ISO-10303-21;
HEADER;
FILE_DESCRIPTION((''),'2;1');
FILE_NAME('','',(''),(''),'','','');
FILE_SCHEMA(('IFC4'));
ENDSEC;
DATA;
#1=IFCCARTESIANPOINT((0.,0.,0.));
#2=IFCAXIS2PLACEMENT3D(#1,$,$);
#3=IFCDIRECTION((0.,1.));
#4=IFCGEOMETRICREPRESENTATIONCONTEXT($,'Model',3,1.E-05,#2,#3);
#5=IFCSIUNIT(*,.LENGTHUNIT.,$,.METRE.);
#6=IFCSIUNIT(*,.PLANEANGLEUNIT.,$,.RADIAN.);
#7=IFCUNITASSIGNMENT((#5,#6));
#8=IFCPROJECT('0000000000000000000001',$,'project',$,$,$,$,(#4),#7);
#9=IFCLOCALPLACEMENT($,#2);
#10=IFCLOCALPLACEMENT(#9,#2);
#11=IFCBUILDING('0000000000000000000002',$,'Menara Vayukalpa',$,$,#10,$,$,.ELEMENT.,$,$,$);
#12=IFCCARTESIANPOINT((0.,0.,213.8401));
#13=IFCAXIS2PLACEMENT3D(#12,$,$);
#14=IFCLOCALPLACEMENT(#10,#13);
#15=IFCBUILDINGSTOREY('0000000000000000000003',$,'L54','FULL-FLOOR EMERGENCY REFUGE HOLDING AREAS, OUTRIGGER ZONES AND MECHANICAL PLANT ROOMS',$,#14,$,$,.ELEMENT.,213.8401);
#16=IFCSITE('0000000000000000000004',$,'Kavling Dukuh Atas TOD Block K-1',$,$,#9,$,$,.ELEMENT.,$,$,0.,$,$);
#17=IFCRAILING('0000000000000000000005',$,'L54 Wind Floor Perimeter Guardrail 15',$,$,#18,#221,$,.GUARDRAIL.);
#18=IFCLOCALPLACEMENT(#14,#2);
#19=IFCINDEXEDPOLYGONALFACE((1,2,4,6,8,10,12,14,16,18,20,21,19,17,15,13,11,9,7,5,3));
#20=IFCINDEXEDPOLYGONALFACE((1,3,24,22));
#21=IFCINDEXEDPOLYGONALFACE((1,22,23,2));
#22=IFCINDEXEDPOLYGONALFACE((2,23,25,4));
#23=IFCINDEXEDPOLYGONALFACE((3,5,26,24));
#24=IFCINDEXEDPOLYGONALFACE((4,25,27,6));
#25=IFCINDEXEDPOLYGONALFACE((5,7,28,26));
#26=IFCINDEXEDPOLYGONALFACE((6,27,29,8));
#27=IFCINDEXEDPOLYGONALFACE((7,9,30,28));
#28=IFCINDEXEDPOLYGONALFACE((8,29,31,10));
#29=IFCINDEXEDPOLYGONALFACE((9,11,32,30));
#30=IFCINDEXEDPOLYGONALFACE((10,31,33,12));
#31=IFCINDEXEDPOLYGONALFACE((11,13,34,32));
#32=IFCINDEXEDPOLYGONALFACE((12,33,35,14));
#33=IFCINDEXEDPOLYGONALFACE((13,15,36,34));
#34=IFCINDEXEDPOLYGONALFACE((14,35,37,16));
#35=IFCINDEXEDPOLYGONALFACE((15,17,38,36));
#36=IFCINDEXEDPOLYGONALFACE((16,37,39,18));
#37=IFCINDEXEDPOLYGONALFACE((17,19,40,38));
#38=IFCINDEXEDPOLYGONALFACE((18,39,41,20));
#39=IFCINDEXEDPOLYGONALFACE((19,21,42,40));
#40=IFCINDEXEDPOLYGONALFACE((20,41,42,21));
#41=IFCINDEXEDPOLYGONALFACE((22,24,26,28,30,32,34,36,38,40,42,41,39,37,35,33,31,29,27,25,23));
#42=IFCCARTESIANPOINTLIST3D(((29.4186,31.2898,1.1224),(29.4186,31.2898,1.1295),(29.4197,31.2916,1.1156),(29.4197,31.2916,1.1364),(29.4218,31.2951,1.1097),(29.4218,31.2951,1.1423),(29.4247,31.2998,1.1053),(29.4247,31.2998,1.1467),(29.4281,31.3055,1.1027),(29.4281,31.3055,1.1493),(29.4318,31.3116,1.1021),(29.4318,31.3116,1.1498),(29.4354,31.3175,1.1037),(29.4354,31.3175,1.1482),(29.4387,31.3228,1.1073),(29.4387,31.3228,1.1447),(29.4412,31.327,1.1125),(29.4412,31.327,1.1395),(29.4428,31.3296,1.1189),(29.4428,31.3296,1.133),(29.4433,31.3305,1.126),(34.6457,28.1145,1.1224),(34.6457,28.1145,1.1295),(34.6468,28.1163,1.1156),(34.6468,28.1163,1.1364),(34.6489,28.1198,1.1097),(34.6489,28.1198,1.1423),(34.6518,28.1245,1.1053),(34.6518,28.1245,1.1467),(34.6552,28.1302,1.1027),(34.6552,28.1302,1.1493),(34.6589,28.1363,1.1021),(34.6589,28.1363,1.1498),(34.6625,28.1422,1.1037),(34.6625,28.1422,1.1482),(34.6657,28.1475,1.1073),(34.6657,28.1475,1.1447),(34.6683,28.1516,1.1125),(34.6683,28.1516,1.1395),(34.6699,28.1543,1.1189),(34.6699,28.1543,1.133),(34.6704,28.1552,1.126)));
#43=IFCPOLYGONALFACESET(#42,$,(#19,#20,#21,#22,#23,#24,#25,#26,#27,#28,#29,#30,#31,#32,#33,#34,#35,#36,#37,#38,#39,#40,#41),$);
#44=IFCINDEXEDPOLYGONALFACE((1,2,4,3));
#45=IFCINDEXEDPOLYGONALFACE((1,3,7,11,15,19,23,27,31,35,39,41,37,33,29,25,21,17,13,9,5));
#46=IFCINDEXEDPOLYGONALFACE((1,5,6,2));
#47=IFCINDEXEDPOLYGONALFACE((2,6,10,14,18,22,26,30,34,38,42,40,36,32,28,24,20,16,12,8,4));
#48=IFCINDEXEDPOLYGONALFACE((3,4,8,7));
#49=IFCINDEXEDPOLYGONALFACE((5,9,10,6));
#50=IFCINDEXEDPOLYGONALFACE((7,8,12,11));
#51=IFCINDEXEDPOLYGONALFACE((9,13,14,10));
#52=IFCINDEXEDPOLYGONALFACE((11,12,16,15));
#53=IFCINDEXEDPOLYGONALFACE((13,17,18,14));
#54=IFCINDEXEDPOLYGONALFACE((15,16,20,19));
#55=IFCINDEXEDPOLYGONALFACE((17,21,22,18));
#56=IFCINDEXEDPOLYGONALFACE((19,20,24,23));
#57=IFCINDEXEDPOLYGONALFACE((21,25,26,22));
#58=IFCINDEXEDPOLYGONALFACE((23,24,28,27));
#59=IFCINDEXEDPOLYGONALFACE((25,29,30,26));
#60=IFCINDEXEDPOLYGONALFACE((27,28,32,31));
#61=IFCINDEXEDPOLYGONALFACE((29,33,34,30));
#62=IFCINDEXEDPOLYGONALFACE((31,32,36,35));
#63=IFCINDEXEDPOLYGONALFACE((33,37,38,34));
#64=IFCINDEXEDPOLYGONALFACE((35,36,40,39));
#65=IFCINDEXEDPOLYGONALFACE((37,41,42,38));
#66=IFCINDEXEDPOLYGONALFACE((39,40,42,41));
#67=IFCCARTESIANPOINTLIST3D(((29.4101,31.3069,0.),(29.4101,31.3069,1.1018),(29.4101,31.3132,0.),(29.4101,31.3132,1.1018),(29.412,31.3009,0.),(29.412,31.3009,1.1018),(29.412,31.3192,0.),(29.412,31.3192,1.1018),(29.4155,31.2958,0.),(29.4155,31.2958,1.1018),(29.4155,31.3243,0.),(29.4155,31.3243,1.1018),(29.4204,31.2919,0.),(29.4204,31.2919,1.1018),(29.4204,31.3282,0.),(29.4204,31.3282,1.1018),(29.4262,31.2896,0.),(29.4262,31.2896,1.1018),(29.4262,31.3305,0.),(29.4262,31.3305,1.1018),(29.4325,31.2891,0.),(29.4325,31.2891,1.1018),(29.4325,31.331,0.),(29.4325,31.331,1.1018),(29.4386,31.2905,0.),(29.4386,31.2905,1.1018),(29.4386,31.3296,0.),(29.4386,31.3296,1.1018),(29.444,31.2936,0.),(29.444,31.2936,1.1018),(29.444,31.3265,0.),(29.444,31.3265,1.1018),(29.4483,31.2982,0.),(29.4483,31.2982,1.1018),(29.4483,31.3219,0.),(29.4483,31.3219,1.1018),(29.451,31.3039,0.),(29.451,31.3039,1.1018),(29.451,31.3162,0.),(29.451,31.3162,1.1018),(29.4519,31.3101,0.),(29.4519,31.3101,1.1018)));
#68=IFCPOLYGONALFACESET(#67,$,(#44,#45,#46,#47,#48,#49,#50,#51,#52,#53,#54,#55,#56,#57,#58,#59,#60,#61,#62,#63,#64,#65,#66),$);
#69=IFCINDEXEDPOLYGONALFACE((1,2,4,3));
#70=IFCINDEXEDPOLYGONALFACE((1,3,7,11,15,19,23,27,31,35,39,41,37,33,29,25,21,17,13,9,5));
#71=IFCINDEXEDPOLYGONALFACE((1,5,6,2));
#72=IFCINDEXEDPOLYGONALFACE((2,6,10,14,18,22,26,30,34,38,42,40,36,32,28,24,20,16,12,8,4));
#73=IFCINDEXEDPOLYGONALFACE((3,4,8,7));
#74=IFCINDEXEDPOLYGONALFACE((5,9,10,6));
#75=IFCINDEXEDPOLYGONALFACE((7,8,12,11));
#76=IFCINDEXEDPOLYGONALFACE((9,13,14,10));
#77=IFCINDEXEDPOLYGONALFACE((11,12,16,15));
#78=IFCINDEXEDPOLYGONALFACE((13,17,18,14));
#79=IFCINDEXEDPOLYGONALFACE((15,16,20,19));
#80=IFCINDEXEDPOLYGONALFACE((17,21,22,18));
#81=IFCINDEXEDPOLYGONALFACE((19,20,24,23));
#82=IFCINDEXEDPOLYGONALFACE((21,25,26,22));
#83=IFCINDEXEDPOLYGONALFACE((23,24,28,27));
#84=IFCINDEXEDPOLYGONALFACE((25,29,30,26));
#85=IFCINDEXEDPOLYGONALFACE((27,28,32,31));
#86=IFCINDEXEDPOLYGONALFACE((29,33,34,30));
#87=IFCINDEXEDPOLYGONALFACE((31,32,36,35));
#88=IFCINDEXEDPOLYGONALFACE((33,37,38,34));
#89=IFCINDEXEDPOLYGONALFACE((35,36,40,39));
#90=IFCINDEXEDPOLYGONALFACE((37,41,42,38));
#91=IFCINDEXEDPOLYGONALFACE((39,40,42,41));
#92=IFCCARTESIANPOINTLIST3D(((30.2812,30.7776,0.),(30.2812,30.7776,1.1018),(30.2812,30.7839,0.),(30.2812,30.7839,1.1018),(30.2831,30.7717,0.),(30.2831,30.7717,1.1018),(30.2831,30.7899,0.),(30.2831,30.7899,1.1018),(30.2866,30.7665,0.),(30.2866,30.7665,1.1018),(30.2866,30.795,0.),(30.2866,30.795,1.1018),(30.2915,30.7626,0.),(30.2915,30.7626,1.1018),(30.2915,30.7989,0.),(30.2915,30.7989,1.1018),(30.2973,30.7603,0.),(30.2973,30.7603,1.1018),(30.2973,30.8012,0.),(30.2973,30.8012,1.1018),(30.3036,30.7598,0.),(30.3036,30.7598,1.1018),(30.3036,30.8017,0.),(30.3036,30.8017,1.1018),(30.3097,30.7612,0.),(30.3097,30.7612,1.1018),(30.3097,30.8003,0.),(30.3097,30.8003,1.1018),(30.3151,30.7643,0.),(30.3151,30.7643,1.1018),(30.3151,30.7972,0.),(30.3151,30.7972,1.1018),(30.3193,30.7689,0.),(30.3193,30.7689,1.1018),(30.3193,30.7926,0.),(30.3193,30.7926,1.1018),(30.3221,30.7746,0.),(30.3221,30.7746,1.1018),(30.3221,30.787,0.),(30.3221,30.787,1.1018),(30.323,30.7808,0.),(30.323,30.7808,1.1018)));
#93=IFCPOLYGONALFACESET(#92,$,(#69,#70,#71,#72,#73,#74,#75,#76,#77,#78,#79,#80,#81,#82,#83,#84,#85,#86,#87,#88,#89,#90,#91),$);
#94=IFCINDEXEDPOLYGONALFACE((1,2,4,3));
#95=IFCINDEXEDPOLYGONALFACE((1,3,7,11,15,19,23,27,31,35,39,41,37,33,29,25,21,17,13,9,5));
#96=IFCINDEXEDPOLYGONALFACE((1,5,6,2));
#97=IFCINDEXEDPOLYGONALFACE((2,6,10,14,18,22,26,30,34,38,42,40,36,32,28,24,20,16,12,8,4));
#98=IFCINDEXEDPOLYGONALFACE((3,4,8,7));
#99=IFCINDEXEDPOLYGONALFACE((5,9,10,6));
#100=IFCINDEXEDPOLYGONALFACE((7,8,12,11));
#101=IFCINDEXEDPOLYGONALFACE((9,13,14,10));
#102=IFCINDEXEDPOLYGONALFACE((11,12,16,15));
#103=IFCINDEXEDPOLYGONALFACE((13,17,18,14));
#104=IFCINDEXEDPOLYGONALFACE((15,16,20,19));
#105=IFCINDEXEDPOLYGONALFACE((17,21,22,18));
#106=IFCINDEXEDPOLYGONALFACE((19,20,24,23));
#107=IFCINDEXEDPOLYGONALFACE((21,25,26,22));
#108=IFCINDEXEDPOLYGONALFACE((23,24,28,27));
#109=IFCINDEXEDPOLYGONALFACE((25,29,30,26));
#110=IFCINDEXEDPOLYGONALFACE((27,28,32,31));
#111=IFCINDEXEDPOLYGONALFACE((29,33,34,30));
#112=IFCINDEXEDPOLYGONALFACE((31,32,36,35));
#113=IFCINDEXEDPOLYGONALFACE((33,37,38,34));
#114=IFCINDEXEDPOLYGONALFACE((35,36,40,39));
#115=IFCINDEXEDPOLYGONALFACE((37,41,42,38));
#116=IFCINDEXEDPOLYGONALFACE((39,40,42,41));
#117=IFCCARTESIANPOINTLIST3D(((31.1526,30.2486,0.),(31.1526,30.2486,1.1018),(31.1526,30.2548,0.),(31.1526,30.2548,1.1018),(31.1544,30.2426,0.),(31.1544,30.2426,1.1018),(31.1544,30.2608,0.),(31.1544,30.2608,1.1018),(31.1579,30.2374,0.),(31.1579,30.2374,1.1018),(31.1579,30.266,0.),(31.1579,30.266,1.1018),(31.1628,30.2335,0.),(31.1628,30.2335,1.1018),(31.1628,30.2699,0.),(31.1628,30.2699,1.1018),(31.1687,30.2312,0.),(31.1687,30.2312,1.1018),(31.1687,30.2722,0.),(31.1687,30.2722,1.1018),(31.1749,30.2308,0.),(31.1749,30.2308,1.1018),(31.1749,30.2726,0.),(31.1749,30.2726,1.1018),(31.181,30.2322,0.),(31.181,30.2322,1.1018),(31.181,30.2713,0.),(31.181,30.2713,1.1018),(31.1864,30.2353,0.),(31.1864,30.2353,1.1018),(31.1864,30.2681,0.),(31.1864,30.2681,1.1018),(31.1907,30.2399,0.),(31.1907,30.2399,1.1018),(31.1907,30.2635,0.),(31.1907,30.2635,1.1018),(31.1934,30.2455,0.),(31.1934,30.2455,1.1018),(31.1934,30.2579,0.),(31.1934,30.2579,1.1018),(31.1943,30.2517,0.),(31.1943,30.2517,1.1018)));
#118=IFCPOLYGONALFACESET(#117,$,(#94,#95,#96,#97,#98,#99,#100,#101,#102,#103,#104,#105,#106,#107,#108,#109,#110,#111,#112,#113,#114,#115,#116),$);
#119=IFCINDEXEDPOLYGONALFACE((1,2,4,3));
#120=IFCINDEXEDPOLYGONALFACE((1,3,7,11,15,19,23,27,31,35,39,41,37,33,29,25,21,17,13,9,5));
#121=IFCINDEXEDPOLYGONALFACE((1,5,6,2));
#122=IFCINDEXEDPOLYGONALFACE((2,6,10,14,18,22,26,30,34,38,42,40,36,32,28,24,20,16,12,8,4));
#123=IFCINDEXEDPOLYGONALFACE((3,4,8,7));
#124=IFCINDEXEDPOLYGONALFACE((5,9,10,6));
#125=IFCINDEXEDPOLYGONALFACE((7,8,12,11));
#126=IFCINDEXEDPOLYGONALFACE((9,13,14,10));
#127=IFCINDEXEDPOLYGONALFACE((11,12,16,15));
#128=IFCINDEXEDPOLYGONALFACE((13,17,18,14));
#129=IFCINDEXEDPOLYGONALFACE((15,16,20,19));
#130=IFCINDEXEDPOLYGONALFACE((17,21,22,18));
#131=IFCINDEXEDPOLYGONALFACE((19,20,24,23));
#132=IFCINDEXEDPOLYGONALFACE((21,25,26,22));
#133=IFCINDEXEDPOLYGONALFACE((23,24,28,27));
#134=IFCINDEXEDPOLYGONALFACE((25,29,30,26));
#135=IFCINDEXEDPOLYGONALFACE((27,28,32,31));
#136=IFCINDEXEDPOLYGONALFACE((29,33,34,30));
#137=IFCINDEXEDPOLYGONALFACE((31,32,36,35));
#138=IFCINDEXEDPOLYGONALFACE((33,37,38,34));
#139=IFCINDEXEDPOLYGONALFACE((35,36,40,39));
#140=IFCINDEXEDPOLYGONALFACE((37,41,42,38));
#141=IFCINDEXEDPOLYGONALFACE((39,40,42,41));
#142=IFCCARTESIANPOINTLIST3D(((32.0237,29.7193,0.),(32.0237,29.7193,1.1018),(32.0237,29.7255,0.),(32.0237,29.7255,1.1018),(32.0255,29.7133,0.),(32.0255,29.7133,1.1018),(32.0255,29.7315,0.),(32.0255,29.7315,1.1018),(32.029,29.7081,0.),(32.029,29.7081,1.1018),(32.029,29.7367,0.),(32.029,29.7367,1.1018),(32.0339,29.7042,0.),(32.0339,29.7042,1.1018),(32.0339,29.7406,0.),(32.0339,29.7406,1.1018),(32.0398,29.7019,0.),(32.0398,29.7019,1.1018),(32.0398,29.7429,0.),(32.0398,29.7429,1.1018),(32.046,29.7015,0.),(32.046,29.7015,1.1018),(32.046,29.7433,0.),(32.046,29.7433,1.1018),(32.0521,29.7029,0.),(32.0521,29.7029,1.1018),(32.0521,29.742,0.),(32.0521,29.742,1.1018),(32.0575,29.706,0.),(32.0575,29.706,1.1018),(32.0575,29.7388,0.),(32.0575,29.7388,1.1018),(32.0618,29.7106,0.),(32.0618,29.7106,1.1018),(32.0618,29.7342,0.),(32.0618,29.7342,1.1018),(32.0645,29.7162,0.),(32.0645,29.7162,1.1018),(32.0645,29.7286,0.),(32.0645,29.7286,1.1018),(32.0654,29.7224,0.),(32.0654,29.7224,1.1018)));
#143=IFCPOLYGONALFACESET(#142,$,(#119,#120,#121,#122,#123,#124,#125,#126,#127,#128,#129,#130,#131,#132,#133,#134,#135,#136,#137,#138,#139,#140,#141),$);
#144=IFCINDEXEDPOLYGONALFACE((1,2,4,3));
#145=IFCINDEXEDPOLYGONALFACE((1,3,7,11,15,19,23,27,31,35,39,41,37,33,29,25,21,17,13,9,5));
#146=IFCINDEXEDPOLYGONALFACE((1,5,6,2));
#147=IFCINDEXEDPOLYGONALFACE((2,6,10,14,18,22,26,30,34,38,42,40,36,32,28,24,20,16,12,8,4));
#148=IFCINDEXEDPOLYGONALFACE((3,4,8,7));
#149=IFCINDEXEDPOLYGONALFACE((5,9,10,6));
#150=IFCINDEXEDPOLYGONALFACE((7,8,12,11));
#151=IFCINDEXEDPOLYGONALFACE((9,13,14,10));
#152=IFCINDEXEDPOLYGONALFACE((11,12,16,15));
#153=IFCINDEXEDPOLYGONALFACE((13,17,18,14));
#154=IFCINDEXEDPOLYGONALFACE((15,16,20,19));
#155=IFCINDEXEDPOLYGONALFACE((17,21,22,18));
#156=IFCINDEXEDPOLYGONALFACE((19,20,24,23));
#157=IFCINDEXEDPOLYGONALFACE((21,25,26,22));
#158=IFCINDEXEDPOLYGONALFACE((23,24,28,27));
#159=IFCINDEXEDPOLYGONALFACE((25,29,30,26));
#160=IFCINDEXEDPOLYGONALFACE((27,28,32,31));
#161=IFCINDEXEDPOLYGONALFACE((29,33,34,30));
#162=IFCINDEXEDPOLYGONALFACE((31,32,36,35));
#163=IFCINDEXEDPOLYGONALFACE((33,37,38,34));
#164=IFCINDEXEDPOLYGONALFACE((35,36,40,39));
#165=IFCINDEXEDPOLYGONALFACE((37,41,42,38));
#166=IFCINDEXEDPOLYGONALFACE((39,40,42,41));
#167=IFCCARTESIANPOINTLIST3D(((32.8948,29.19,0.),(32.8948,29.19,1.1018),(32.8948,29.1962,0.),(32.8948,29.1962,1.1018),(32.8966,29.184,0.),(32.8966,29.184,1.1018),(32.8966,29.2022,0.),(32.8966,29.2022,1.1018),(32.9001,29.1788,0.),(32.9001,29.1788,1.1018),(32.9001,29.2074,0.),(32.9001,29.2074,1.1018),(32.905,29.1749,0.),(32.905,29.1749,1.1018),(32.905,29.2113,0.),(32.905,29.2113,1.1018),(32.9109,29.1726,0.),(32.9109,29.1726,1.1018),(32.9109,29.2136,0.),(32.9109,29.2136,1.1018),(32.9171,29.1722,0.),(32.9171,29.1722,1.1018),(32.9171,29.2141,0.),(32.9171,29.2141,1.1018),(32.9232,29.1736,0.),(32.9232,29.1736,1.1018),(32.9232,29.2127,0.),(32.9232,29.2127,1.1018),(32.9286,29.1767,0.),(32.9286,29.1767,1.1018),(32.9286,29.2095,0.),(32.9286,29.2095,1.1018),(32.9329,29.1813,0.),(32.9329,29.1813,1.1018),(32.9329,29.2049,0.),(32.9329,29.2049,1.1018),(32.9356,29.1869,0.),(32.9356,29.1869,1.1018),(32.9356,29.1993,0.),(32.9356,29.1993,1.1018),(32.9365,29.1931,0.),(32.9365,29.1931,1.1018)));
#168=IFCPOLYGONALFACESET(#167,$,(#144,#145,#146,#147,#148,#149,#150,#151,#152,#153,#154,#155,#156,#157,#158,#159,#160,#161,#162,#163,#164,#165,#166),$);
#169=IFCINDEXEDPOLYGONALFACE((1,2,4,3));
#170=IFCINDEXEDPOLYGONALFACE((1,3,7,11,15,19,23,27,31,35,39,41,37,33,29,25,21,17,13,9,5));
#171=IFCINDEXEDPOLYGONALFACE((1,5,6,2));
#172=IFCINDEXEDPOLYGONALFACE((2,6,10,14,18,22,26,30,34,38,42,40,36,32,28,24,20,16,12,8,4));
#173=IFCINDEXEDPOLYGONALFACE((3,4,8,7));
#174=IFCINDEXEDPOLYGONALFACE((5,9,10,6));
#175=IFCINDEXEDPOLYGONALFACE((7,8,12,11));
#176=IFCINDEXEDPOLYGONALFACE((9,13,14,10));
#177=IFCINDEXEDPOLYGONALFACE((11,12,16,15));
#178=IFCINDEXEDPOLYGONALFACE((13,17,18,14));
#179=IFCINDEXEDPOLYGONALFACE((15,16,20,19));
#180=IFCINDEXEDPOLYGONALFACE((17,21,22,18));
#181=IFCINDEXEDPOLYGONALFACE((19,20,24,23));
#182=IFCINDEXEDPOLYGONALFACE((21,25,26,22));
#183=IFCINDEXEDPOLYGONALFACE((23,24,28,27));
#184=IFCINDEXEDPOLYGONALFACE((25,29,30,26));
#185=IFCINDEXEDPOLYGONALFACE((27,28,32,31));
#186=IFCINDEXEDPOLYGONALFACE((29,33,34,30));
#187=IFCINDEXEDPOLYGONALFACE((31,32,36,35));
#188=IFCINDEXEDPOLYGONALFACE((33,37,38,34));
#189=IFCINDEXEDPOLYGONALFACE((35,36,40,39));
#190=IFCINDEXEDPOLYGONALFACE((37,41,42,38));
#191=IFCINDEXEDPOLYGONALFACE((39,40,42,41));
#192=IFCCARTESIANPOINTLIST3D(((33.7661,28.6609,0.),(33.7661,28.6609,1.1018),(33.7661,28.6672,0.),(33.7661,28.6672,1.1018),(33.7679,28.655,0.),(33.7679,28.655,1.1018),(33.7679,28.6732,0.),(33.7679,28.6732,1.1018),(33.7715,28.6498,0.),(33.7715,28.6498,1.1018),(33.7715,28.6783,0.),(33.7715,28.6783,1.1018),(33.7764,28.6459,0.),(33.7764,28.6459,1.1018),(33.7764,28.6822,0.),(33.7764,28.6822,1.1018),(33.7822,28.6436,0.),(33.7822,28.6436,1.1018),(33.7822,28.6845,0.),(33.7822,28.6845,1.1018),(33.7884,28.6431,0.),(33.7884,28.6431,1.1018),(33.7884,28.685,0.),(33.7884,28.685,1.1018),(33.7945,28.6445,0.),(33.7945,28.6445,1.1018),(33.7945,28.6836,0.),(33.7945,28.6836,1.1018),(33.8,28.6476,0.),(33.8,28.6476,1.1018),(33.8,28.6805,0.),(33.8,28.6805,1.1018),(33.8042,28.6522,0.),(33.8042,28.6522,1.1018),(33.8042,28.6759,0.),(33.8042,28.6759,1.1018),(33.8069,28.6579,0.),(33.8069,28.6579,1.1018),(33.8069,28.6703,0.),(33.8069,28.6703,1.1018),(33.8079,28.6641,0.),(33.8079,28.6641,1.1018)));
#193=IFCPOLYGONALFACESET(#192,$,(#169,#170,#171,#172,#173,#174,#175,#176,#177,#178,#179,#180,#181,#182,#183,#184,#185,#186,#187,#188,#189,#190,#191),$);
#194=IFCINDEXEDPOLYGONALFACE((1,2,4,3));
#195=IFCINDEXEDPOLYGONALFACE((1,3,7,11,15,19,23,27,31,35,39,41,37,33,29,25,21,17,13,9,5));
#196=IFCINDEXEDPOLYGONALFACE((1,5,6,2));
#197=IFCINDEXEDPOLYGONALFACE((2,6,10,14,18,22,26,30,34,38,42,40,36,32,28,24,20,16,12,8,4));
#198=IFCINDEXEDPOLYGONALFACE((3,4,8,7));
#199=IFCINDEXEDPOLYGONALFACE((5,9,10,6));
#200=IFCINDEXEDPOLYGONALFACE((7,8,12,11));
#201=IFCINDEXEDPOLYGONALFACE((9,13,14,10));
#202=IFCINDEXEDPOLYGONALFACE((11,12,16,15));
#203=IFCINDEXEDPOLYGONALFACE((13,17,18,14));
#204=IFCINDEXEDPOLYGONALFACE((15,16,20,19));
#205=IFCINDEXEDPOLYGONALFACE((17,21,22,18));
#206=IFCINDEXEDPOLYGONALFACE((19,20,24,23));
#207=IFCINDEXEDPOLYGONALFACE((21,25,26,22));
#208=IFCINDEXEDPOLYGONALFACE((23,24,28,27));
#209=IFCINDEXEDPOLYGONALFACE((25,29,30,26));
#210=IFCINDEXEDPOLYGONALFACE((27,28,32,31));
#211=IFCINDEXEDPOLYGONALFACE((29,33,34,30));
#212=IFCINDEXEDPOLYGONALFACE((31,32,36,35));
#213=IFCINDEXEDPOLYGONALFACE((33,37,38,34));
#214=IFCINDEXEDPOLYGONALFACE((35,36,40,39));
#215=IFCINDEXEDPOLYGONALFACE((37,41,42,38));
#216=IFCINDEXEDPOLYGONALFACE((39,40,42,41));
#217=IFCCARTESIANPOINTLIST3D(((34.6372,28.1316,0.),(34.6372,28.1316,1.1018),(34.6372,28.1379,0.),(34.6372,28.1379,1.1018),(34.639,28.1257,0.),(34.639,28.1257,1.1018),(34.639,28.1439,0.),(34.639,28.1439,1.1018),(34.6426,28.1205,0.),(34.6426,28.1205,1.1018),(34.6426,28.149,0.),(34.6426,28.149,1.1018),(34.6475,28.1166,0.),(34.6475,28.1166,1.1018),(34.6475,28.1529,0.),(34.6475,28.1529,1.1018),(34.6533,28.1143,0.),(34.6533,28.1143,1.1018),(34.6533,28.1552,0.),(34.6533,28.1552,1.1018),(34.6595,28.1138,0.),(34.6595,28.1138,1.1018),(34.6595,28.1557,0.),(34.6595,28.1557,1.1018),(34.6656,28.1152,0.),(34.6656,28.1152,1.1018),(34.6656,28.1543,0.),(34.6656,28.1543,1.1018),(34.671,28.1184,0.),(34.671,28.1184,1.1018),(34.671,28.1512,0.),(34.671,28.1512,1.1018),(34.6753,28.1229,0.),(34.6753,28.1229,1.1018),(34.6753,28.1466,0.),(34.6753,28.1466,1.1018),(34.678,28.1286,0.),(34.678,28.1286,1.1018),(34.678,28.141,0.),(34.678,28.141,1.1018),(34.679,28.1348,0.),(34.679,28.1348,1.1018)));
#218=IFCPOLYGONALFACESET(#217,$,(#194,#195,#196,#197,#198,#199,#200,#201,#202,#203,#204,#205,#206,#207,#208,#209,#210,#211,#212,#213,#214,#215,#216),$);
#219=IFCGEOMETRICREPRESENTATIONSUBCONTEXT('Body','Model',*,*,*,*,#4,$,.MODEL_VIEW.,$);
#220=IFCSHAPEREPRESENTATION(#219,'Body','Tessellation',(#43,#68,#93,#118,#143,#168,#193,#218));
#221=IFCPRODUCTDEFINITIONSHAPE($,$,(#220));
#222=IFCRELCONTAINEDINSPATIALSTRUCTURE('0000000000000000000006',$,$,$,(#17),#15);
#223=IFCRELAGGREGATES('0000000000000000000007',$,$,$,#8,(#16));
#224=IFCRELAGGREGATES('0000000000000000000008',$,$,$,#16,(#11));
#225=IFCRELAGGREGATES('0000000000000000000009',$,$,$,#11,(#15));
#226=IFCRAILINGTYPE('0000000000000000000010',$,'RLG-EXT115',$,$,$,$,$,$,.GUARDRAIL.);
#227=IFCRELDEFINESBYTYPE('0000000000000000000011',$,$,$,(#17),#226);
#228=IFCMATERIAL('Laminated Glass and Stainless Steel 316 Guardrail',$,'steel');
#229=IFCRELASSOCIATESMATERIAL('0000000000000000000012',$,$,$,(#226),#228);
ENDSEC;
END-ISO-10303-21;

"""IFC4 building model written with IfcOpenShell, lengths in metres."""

from ifc_helpers import new_model, si_unit, direction, frame, origin, origin_2d, place, context, subcontext, project, spatial, circle, extrude, material, type_object, element, save


model = new_model("IFC4")

# Units and contexts
model_context = context("Model", 3, precision=1e-05, world=origin(), true_north=direction((0.0, 1.0)))
body_context = subcontext(model_context, "Body", "Model", "MODEL_VIEW")
ifc_project = project(units=[si_unit("LENGTHUNIT", "METRE"), si_unit("PLANEANGLEUNIT", "RADIAN")], contexts=[model_context])

# Site, building, storey
site_placement = place(None, origin())
site = spatial("IfcSite", under=ifc_project, at=site_placement, Name="Kavling Dukuh Atas TOD Block K-1", CompositionType="ELEMENT", RefElevation=0.0)
building_placement = place(site_placement, origin())
building = spatial("IfcBuilding", under=site, at=building_placement, Name="Menara Vayukalpa", CompositionType="ELEMENT")
storey_placement = place(building_placement, frame((0.0, 0.0, 213.8401)))
storey = spatial("IfcBuildingStorey", under=building, at=storey_placement, Name="L54", Description="FULL-FLOOR EMERGENCY REFUGE HOLDING AREAS, OUTRIGGER ZONES AND MECHANICAL PLANT ROOMS", CompositionType="ELEMENT", Elevation=213.8401)

# Railing
ifc_material_1 = material(Name="Laminated Glass and Stainless Steel 316 Guardrail", Category="steel")
railing_type_1 = type_object("IfcRailingType", Name="RLG-EXT115", PredefinedType="GUARDRAIL", material=ifc_material_1)
railing_1_placement = place(storey_placement, frame((29.4309, 31.3101, 0.0)))
element("IfcRailing", 1, at=railing_1_placement, inside=storey, type_object=railing_type_1, Name="L54 Wind Floor Perimeter Guardrail 15", PredefinedType="GUARDRAIL", context=body_context, shape_type="SweptSolid", body=[
    extrude(circle(Radius=0.0239, at=origin_2d()), frame((0.0, 0.0, 1.126), z_axis=(0.854662, -0.519184, 0.0), x_axis=(0.519184, 0.854662, 0.0)), (0.0, 0.0, 1.0), 6.116),
    extrude(circle(Radius=0.021, at=origin_2d()), origin(), (0.0, 0.0, 1.0), 1.1018),
    extrude(circle(Radius=0.021, at=origin_2d()), frame((0.8711, -0.5293, 0.0)), (0.0, 0.0, 1.0), 1.1018),
    extrude(circle(Radius=0.021, at=origin_2d()), frame((1.7424, -1.0583, 0.0)), (0.0, 0.0, 1.0), 1.1018),
    extrude(circle(Radius=0.021, at=origin_2d()), frame((2.6135, -1.5876, 0.0)), (0.0, 0.0, 1.0), 1.1018),
    extrude(circle(Radius=0.021, at=origin_2d()), frame((3.4846, -2.1169, 0.0)), (0.0, 0.0, 1.0), 1.1018),
    extrude(circle(Radius=0.021, at=origin_2d()), frame((4.356, -2.646, 0.0)), (0.0, 0.0, 1.0), 1.1018),
    extrude(circle(Radius=0.021, at=origin_2d()), frame((5.2271, -3.1753, 0.0)), (0.0, 0.0, 1.0), 1.1018),
])

save(model, "model.ifc")
